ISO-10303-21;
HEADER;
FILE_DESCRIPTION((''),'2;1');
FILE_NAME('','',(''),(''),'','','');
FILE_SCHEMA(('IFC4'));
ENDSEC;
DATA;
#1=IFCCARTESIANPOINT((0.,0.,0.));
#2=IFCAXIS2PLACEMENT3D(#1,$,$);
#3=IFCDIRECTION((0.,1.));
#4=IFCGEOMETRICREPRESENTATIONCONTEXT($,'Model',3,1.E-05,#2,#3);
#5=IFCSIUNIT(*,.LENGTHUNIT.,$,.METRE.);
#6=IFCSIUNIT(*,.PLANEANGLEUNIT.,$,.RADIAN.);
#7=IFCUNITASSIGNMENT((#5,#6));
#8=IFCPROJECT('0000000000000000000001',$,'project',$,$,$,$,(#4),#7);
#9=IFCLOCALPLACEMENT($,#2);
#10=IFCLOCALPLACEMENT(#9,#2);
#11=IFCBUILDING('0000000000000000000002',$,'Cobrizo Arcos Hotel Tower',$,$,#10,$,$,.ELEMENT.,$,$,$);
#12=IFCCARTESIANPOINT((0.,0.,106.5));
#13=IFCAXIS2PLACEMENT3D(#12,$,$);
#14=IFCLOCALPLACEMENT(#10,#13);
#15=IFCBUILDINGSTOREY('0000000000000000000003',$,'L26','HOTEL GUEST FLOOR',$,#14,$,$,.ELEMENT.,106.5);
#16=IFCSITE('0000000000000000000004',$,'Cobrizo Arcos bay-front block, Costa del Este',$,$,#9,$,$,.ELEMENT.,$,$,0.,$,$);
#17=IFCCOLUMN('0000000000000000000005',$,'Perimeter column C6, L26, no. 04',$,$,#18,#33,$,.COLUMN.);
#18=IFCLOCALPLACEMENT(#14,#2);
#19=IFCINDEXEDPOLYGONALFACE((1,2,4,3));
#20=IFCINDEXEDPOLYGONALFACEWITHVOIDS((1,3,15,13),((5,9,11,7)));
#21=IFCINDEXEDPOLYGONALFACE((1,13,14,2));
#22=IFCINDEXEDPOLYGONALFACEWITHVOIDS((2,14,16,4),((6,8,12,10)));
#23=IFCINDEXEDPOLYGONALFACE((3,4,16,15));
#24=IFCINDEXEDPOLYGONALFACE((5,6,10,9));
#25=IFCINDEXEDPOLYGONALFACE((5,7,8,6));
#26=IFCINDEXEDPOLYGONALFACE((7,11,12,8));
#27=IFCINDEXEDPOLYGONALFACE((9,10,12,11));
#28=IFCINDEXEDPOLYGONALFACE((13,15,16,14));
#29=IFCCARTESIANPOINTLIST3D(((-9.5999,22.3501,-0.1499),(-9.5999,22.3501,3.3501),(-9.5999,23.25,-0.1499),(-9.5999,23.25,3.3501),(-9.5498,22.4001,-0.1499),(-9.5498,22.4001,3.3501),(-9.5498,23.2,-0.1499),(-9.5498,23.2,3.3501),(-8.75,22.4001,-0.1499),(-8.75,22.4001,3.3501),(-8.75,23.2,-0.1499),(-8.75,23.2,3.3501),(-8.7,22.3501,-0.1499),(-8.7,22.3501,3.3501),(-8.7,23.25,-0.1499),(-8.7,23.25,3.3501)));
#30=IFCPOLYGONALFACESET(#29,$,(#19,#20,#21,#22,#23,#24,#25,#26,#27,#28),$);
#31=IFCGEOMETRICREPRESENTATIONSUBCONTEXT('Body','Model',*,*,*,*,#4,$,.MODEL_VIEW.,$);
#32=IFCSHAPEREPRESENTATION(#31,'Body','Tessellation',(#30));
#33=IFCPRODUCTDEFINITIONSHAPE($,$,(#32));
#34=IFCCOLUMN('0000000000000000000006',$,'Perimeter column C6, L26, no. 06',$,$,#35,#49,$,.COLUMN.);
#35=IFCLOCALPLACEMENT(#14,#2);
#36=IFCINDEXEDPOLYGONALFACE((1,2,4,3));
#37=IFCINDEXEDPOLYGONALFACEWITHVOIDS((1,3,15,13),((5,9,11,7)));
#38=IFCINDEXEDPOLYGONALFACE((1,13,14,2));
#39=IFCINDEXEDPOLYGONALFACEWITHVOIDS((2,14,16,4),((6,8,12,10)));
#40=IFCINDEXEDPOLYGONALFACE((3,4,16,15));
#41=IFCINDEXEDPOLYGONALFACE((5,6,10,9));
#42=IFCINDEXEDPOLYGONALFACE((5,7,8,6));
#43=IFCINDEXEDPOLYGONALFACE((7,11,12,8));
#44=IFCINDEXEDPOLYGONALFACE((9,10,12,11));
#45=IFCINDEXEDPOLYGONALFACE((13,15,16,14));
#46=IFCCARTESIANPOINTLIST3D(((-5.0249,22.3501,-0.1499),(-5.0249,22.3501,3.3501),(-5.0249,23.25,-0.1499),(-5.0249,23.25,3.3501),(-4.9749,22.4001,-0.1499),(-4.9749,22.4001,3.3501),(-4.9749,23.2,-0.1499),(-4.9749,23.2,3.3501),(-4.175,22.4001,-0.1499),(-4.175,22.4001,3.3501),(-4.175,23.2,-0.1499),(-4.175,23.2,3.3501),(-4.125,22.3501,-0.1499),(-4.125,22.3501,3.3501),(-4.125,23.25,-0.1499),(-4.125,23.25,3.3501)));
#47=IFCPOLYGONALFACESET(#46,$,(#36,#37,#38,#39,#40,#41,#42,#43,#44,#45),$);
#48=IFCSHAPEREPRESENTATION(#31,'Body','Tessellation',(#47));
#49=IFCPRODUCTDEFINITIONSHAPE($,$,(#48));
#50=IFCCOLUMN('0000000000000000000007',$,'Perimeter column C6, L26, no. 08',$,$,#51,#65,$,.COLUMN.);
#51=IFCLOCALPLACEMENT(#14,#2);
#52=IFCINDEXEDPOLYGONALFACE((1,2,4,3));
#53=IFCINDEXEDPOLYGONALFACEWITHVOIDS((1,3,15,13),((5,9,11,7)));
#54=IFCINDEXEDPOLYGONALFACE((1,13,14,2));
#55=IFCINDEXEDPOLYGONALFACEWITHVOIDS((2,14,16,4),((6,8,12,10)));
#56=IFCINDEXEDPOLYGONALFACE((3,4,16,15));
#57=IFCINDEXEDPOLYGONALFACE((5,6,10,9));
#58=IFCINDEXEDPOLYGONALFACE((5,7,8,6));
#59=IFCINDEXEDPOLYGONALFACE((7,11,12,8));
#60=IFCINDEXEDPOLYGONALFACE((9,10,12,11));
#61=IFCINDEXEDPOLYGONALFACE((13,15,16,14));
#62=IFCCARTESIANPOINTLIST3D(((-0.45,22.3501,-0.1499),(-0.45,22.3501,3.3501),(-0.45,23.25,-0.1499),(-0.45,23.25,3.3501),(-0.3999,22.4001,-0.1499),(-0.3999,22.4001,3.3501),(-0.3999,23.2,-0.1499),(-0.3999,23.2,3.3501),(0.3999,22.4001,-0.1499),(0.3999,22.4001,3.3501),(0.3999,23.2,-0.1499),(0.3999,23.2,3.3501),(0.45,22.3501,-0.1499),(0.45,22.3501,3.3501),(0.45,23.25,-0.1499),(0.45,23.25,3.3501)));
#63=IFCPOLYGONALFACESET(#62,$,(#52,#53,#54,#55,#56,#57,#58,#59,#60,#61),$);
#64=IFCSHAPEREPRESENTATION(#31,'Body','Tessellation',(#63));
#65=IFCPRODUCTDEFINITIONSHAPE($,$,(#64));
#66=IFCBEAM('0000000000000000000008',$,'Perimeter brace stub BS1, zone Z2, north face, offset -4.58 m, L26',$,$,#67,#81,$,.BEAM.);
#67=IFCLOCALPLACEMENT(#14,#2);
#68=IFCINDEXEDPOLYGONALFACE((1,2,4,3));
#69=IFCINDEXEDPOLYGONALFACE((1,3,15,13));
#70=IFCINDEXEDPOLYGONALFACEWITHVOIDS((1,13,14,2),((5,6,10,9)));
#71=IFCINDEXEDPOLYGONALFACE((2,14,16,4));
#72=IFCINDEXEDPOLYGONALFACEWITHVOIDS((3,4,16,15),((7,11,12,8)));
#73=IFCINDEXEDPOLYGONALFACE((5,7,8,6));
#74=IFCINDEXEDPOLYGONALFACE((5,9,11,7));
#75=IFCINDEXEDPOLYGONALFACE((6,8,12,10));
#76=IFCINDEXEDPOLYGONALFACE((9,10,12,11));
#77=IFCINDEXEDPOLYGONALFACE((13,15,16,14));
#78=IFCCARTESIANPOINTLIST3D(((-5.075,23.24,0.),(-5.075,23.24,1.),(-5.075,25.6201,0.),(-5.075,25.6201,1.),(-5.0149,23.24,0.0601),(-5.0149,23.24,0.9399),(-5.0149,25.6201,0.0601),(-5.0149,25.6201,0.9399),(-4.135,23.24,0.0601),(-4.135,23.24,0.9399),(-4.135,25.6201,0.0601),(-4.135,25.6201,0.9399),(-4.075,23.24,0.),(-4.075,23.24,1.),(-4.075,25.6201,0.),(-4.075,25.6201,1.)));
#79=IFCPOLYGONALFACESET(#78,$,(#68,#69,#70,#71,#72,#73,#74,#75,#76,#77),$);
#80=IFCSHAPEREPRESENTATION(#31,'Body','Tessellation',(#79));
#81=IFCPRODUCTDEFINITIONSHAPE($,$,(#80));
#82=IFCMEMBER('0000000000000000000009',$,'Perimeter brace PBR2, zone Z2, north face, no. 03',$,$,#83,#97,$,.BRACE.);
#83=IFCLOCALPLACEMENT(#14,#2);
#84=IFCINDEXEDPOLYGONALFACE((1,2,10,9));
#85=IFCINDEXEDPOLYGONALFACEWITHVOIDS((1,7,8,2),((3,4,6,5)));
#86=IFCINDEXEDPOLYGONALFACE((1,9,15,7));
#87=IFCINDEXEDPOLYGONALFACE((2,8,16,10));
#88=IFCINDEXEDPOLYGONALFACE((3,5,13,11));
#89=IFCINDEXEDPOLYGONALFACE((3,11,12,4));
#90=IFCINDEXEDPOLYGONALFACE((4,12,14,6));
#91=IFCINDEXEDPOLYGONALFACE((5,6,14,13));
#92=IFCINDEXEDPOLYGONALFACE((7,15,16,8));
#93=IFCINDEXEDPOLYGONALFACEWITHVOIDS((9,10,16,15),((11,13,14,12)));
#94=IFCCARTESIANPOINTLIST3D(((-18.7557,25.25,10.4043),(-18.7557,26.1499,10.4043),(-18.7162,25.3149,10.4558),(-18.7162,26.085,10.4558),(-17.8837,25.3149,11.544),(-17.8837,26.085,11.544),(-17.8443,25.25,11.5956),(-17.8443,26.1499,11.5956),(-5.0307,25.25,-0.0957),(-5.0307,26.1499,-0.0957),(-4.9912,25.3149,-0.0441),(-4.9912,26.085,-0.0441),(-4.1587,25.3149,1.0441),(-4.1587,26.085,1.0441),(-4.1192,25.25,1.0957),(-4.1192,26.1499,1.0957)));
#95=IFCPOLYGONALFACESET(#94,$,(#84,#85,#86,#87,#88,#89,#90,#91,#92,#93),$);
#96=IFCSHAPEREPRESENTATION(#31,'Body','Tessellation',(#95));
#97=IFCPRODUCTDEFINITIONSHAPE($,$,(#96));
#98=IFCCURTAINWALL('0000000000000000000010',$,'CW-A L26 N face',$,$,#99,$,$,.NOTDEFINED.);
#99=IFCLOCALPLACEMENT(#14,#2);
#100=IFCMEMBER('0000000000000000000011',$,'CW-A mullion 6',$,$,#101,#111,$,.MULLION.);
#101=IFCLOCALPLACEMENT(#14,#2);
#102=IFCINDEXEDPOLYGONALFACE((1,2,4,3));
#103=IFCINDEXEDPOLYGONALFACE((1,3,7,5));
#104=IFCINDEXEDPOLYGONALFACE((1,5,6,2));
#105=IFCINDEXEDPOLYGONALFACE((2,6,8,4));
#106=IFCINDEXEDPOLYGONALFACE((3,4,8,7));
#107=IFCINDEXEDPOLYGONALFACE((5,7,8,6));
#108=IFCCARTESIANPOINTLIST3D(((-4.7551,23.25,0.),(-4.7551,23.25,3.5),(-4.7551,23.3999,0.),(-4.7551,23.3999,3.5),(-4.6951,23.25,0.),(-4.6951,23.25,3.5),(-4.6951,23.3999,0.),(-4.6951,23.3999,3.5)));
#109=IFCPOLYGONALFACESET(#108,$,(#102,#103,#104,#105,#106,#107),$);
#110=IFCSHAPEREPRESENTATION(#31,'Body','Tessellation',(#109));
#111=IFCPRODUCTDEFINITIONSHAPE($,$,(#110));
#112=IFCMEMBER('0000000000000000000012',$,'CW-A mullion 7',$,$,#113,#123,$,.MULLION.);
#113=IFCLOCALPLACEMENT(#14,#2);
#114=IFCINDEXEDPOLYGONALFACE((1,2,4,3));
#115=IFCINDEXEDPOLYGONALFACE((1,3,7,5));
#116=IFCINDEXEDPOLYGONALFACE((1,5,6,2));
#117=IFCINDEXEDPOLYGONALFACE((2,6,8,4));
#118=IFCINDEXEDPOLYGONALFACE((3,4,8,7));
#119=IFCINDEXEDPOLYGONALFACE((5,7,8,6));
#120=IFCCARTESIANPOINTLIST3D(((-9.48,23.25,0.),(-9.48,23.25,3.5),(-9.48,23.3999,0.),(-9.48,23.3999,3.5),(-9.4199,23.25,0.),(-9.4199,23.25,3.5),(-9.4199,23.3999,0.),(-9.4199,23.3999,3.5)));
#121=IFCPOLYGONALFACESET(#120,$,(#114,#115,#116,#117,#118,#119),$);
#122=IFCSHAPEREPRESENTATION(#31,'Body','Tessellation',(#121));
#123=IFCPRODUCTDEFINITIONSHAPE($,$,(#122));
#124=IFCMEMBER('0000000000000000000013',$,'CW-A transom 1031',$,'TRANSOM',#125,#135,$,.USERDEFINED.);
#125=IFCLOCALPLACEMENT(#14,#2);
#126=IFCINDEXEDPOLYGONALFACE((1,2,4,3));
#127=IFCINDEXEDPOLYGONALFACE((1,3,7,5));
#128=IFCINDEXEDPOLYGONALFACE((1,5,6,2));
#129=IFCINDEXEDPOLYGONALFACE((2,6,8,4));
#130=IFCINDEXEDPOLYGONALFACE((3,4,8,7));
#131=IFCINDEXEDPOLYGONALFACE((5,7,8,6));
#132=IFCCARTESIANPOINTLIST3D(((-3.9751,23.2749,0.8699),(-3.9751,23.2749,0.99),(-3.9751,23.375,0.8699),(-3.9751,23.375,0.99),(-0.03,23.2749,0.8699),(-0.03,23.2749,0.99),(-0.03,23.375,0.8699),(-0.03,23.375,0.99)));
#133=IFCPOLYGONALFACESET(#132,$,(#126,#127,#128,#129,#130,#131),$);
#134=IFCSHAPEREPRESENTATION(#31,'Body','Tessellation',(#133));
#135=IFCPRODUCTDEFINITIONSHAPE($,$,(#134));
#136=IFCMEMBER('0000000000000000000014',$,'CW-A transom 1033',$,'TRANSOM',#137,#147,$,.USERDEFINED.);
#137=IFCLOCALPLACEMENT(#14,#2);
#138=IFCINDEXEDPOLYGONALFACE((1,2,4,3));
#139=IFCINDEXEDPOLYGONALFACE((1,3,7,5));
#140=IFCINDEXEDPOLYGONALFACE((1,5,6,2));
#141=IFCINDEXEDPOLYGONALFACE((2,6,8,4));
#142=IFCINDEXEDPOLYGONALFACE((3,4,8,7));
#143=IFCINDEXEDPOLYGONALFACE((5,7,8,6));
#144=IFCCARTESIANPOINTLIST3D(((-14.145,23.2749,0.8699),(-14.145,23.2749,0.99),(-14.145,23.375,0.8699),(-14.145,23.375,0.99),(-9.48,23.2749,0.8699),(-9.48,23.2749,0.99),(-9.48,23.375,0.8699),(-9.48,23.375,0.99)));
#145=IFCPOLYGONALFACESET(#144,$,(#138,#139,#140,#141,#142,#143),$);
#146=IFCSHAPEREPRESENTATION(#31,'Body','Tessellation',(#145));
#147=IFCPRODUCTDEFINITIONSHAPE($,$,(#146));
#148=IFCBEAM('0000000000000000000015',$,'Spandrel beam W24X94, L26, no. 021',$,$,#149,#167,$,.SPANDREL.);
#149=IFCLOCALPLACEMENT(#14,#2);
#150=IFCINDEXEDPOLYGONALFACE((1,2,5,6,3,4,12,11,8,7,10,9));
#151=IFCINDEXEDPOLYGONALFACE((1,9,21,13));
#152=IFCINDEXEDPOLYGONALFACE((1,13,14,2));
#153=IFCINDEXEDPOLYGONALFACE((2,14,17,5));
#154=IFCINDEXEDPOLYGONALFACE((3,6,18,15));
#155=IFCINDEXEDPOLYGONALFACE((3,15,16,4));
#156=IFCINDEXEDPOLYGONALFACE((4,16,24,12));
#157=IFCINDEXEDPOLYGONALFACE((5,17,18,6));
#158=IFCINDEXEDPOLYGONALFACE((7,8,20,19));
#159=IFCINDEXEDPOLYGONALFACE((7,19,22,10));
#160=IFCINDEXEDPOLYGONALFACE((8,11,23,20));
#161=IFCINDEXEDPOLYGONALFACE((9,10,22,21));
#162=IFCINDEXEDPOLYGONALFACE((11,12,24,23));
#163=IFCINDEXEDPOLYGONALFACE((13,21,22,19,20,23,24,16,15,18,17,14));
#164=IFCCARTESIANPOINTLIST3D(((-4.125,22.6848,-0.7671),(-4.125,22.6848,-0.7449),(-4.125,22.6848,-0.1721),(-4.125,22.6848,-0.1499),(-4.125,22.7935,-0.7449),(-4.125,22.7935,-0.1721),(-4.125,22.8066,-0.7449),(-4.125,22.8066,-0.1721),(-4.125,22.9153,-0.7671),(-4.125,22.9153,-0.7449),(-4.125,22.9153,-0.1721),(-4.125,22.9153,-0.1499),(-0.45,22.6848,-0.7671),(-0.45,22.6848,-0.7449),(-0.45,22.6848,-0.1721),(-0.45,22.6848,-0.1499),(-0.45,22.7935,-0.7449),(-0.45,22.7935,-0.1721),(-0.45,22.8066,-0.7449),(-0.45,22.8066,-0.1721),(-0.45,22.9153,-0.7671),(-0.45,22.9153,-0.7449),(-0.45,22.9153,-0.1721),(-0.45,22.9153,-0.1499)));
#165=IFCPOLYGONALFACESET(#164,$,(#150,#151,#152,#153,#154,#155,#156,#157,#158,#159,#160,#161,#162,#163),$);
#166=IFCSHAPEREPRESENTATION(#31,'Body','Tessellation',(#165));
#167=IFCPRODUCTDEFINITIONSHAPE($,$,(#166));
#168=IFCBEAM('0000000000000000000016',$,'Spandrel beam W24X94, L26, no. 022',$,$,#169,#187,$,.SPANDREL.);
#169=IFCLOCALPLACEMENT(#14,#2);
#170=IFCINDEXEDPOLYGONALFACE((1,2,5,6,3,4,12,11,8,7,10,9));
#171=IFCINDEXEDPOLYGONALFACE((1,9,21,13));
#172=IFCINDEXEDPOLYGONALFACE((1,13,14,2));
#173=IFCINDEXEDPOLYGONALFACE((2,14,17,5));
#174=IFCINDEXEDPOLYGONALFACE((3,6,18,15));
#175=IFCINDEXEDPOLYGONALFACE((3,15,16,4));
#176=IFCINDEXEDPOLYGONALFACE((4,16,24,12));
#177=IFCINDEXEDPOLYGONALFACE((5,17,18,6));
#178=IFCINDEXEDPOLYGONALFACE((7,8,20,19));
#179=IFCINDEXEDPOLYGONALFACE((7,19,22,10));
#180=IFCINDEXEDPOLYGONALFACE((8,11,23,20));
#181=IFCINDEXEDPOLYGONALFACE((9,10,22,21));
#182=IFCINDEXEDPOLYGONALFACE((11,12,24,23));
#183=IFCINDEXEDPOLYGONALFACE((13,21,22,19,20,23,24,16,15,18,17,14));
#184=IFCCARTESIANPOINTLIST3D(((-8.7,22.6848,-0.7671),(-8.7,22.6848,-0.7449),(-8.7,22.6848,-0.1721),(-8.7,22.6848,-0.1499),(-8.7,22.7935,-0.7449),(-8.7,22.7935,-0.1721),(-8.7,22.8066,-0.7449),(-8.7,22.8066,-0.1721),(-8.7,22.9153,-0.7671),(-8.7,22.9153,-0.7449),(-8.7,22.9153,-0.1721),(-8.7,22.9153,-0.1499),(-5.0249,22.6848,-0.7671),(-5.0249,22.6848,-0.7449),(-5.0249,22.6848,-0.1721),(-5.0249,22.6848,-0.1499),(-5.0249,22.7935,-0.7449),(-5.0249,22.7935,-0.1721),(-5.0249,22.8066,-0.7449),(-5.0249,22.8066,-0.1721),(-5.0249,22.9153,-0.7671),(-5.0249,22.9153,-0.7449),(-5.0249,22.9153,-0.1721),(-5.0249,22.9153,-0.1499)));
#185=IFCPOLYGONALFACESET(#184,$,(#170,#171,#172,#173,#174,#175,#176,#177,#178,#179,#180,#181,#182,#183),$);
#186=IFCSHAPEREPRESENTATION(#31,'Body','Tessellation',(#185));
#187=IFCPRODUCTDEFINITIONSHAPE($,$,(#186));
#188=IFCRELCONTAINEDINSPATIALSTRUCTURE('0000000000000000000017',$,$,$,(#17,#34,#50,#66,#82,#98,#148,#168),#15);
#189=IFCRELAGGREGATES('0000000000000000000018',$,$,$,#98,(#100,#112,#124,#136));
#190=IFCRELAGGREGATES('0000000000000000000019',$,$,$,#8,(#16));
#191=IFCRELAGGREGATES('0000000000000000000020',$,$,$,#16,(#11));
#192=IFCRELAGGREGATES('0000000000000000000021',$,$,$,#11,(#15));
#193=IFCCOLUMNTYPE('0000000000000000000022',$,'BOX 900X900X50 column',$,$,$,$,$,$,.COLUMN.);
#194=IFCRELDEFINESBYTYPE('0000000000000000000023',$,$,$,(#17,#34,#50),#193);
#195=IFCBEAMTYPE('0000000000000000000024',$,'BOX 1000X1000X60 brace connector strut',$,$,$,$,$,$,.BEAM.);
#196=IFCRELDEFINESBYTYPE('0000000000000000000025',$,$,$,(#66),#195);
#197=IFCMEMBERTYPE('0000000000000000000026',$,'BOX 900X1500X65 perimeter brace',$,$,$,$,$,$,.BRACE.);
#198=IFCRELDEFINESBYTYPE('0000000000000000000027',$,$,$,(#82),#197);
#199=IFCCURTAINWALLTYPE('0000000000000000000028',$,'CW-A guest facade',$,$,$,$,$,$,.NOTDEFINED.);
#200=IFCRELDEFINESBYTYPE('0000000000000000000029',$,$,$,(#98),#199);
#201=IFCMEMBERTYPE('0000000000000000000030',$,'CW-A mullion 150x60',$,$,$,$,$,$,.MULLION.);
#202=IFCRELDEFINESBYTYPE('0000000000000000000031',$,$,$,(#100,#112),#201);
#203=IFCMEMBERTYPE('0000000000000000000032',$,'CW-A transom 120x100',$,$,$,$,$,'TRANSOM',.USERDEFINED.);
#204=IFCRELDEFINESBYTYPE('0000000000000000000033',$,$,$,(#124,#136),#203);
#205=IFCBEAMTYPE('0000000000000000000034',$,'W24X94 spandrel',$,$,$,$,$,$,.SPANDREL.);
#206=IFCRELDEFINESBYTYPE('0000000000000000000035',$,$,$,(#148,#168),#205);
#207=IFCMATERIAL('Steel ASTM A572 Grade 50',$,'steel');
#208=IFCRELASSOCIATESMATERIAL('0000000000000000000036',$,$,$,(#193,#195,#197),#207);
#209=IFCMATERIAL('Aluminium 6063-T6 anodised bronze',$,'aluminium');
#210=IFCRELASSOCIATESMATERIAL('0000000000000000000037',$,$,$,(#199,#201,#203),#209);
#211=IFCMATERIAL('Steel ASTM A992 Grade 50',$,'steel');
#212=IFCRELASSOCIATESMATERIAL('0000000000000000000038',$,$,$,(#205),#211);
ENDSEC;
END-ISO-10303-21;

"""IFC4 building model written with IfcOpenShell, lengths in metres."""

from ifc_helpers import new_model, si_unit, direction, frame, origin, origin_2d, place, context, subcontext, project, spatial, rectangle, hollow_rectangle, i_section, extrude, material, material_profile, profile_set, type_object, element, aggregate, save


model = new_model("IFC4")

# Units and contexts
model_context = context("Model", 3, precision=1e-05, world=origin(), true_north=direction((0.0, 1.0)))
body_context = subcontext(model_context, "Body", "Model", "MODEL_VIEW")
ifc_project = project(units=[si_unit("LENGTHUNIT", "METRE"), si_unit("PLANEANGLEUNIT", "RADIAN")], contexts=[model_context])

# Site, building, storey
site_placement = place(None, origin())
site = spatial("IfcSite", under=ifc_project, at=site_placement, Name="Cobrizo Arcos bay-front block, Costa del Este", CompositionType="ELEMENT", RefElevation=0.0)
building_placement = place(site_placement, origin())
building = spatial("IfcBuilding", under=site, at=building_placement, Name="Cobrizo Arcos Hotel Tower", CompositionType="ELEMENT")
storey_placement = place(building_placement, frame((0.0, 0.0, 106.5)))
storey = spatial("IfcBuildingStorey", under=building, at=storey_placement, Name="L26", Description="HOTEL GUEST FLOOR", CompositionType="ELEMENT", Elevation=106.5)

# Columns
ifc_material_1 = material(Name="Steel ASTM A572 Grade 50", Category="steel")
ifc_material_profile_1 = material_profile(ifc_material_1, hollow_rectangle(XDim=0.8999, YDim=0.8999, WallThickness=0.05, at=origin_2d()), Name="BOX 900X900X50")
ifc_profile_set_1 = profile_set([ifc_material_profile_1], Name="Steel ASTM A572 Grade 50")
column_type = type_object("IfcColumnType", Name="BOX 900X900X50 column", PredefinedType="COLUMN", material=ifc_profile_set_1)
for number, where, z_axis, x_axis, name in (
    (1, (-9.1499, 22.8, -0.1499), (0.0, 0.0, 1.0), (1.0, 0.0, 0.0), "Perimeter column C6, L26, no. 04"),
    (2, (-4.575, 22.8, -0.1499), (0.0, 0.0, 1.0), (1.0, 0.0, 0.0), "Perimeter column C6, L26, no. 06"),
    (3, (0.0, 22.8, -0.1499), (0.0, 0.0, 1.0), (1.0, 0.0, 0.0), "Perimeter column C6, L26, no. 08"),
):
    element("IfcColumn", number, at=place(storey_placement, frame(where, z_axis=z_axis, x_axis=x_axis)), inside=storey, type_object=column_type, Name=name, PredefinedType="COLUMN", context=body_context, shape_type="SweptSolid", body=[
        extrude(hollow_rectangle(XDim=0.8999, YDim=0.8999, WallThickness=0.05, at=origin_2d()), origin(), (0.0, 0.0, 1.0), 3.5),
    ])

# Beam
ifc_material_profile_2 = material_profile(ifc_material_1, hollow_rectangle(XDim=1.0, YDim=1.0, WallThickness=0.0601, at=origin_2d()), Name="BOX 1000X1000X60")
ifc_profile_set_2 = profile_set([ifc_material_profile_2], Name="Steel ASTM A572 Grade 50")
beam_type_1 = type_object("IfcBeamType", Name="BOX 1000X1000X60 brace connector strut", PredefinedType="BEAM", material=ifc_profile_set_2)
beam_1_placement = place(storey_placement, frame((-4.575, 23.24, 0.5), z_axis=(0.0, 1.0, 0.0), x_axis=(-1.0, 0.0, 0.0)))
element("IfcBeam", 4, at=beam_1_placement, inside=storey, type_object=beam_type_1, Name="Perimeter brace stub BS1, zone Z2, north face, offset -4.58 m, L26", PredefinedType="BEAM", context=body_context, shape_type="SweptSolid", body=[
    extrude(hollow_rectangle(XDim=1.0, YDim=1.0, WallThickness=0.0601, at=origin_2d()), origin(), (0.0, 0.0, 1.0), 2.3801),
])

# Member
ifc_material_profile_3 = material_profile(ifc_material_1, hollow_rectangle(XDim=0.8999, YDim=1.5, WallThickness=0.0649, at=origin_2d()), Name="BOX 900X1500X65")
ifc_profile_set_3 = profile_set([ifc_material_profile_3], Name="Steel ASTM A572 Grade 50")
member_type_1 = type_object("IfcMemberType", Name="BOX 900X1500X65 perimeter brace", PredefinedType="BRACE", material=ifc_profile_set_3)
member_1_placement = place(storey_placement, frame((-4.575, 25.7, 0.5), z_axis=(-0.794237, 0.0, 0.607608), x_axis=(0.0, -1.0, 0.0)))
element("IfcMember", 5, at=member_1_placement, inside=storey, type_object=member_type_1, Name="Perimeter brace PBR2, zone Z2, north face, no. 03", PredefinedType="BRACE", context=body_context, shape_type="SweptSolid", body=[
    extrude(hollow_rectangle(XDim=0.8999, YDim=1.5, WallThickness=0.0649, at=origin_2d()), origin(), (0.0, 0.0, 1.0), 17.2808),
])

# Curtain wall, members
ifc_material_2 = material(Name="Aluminium 6063-T6 anodised bronze", Category="aluminium")
curtain_wall_type = type_object("IfcCurtainWallType", Name="CW-A guest facade", PredefinedType="NOTDEFINED", material=ifc_material_2)
curtain_wall_placement = place(storey_placement, origin())
curtain_wall = element("IfcCurtainWall", 6, at=curtain_wall_placement, inside=storey, type_object=curtain_wall_type, Name="CW-A L26 N face", PredefinedType="NOTDEFINED")
ifc_material_profile_4 = material_profile(ifc_material_2, rectangle(XDim=0.1499, YDim=0.0601, at=origin_2d()), Name="CW-A mullion 150x60")
ifc_profile_set_4 = profile_set([ifc_material_profile_4], Name="Aluminium 6063-T6 anodised bronze")
member_type_2 = type_object("IfcMemberType", Name="CW-A mullion 150x60", PredefinedType="MULLION", material=ifc_profile_set_4)
member_2_placement = place(storey_placement, frame((-4.7251, 23.325, 0.0), z_axis=(0.0, 0.0, 1.0), x_axis=(0.0, 1.0, 0.0)))
member_2 = element("IfcMember", 7, at=member_2_placement, type_object=member_type_2, Name="CW-A mullion 6", PredefinedType="MULLION", context=body_context, shape_type="SweptSolid", body=[
    extrude(rectangle(XDim=0.1499, YDim=0.0601, at=origin_2d()), origin(), (0.0, 0.0, 1.0), 3.5),
])
member_3_placement = place(storey_placement, frame((-9.45, 23.325, 0.0), z_axis=(0.0, 0.0, 1.0), x_axis=(0.0, 1.0, 0.0)))
member_3 = element("IfcMember", 8, at=member_3_placement, type_object=member_type_2, Name="CW-A mullion 7", PredefinedType="MULLION", context=body_context, shape_type="SweptSolid", body=[
    extrude(rectangle(XDim=0.1499, YDim=0.0601, at=origin_2d()), origin(), (0.0, 0.0, 1.0), 3.5),
])
ifc_material_profile_5 = material_profile(ifc_material_2, rectangle(XDim=0.1001, YDim=0.1201, at=origin_2d()), Name="CW-A transom 120x100")
ifc_profile_set_5 = profile_set([ifc_material_profile_5], Name="Aluminium 6063-T6 anodised bronze")
member_type_3 = type_object("IfcMemberType", Name="CW-A transom 120x100", ElementType="TRANSOM", PredefinedType="USERDEFINED", material=ifc_profile_set_5)
member_4_placement = place(storey_placement, frame((-0.03, 23.325, 0.9299), z_axis=(-1.0, 0.0, 0.0), x_axis=(0.0, -1.0, 0.0)))
member_4 = element("IfcMember", 9, at=member_4_placement, type_object=member_type_3, Name="CW-A transom 1031", ObjectType="TRANSOM", PredefinedType="USERDEFINED", context=body_context, shape_type="SweptSolid", body=[
    extrude(rectangle(XDim=0.1001, YDim=0.1201, at=origin_2d()), origin(), (0.0, 0.0, 1.0), 3.9451),
])
member_5_placement = place(storey_placement, frame((-9.48, 23.325, 0.9299), z_axis=(-1.0, 0.0, 0.0), x_axis=(0.0, -1.0, 0.0)))
member_5 = element("IfcMember", 10, at=member_5_placement, type_object=member_type_3, Name="CW-A transom 1033", ObjectType="TRANSOM", PredefinedType="USERDEFINED", context=body_context, shape_type="SweptSolid", body=[
    extrude(rectangle(XDim=0.1001, YDim=0.1201, at=origin_2d()), origin(), (0.0, 0.0, 1.0), 4.665),
])

# Beams
ifc_material_3 = material(Name="Steel ASTM A992 Grade 50", Category="steel")
ifc_material_profile_6 = material_profile(ifc_material_3, i_section(OverallWidth=0.2305, OverallDepth=0.6172, WebThickness=0.0132, FlangeThickness=0.0222, at=origin_2d()), Name="W24X94")
ifc_profile_set_6 = profile_set([ifc_material_profile_6], Name="Steel ASTM A992 Grade 50")
beam_type_2 = type_object("IfcBeamType", Name="W24X94 spandrel", PredefinedType="SPANDREL", material=ifc_profile_set_6)
for number, where, z_axis, x_axis, name in (
    (11, (-0.45, 22.8, -0.4585), (-1.0, 0.0, 0.0), (0.0, -1.0, 0.0), "Spandrel beam W24X94, L26, no. 021"),
    (12, (-5.0249, 22.8, -0.4585), (-1.0, 0.0, 0.0), (0.0, -1.0, 0.0), "Spandrel beam W24X94, L26, no. 022"),
):
    element("IfcBeam", number, at=place(storey_placement, frame(where, z_axis=z_axis, x_axis=x_axis)), inside=storey, type_object=beam_type_2, Name=name, PredefinedType="SPANDREL", context=body_context, shape_type="SweptSolid", body=[
        extrude(i_section(OverallWidth=0.2305, OverallDepth=0.6172, WebThickness=0.0132, FlangeThickness=0.0222, at=origin_2d()), origin(), (0.0, 0.0, 1.0), 3.675),
    ])

aggregate(curtain_wall, [member_2, member_3, member_4, member_5])

save(model, "model.ifc")
